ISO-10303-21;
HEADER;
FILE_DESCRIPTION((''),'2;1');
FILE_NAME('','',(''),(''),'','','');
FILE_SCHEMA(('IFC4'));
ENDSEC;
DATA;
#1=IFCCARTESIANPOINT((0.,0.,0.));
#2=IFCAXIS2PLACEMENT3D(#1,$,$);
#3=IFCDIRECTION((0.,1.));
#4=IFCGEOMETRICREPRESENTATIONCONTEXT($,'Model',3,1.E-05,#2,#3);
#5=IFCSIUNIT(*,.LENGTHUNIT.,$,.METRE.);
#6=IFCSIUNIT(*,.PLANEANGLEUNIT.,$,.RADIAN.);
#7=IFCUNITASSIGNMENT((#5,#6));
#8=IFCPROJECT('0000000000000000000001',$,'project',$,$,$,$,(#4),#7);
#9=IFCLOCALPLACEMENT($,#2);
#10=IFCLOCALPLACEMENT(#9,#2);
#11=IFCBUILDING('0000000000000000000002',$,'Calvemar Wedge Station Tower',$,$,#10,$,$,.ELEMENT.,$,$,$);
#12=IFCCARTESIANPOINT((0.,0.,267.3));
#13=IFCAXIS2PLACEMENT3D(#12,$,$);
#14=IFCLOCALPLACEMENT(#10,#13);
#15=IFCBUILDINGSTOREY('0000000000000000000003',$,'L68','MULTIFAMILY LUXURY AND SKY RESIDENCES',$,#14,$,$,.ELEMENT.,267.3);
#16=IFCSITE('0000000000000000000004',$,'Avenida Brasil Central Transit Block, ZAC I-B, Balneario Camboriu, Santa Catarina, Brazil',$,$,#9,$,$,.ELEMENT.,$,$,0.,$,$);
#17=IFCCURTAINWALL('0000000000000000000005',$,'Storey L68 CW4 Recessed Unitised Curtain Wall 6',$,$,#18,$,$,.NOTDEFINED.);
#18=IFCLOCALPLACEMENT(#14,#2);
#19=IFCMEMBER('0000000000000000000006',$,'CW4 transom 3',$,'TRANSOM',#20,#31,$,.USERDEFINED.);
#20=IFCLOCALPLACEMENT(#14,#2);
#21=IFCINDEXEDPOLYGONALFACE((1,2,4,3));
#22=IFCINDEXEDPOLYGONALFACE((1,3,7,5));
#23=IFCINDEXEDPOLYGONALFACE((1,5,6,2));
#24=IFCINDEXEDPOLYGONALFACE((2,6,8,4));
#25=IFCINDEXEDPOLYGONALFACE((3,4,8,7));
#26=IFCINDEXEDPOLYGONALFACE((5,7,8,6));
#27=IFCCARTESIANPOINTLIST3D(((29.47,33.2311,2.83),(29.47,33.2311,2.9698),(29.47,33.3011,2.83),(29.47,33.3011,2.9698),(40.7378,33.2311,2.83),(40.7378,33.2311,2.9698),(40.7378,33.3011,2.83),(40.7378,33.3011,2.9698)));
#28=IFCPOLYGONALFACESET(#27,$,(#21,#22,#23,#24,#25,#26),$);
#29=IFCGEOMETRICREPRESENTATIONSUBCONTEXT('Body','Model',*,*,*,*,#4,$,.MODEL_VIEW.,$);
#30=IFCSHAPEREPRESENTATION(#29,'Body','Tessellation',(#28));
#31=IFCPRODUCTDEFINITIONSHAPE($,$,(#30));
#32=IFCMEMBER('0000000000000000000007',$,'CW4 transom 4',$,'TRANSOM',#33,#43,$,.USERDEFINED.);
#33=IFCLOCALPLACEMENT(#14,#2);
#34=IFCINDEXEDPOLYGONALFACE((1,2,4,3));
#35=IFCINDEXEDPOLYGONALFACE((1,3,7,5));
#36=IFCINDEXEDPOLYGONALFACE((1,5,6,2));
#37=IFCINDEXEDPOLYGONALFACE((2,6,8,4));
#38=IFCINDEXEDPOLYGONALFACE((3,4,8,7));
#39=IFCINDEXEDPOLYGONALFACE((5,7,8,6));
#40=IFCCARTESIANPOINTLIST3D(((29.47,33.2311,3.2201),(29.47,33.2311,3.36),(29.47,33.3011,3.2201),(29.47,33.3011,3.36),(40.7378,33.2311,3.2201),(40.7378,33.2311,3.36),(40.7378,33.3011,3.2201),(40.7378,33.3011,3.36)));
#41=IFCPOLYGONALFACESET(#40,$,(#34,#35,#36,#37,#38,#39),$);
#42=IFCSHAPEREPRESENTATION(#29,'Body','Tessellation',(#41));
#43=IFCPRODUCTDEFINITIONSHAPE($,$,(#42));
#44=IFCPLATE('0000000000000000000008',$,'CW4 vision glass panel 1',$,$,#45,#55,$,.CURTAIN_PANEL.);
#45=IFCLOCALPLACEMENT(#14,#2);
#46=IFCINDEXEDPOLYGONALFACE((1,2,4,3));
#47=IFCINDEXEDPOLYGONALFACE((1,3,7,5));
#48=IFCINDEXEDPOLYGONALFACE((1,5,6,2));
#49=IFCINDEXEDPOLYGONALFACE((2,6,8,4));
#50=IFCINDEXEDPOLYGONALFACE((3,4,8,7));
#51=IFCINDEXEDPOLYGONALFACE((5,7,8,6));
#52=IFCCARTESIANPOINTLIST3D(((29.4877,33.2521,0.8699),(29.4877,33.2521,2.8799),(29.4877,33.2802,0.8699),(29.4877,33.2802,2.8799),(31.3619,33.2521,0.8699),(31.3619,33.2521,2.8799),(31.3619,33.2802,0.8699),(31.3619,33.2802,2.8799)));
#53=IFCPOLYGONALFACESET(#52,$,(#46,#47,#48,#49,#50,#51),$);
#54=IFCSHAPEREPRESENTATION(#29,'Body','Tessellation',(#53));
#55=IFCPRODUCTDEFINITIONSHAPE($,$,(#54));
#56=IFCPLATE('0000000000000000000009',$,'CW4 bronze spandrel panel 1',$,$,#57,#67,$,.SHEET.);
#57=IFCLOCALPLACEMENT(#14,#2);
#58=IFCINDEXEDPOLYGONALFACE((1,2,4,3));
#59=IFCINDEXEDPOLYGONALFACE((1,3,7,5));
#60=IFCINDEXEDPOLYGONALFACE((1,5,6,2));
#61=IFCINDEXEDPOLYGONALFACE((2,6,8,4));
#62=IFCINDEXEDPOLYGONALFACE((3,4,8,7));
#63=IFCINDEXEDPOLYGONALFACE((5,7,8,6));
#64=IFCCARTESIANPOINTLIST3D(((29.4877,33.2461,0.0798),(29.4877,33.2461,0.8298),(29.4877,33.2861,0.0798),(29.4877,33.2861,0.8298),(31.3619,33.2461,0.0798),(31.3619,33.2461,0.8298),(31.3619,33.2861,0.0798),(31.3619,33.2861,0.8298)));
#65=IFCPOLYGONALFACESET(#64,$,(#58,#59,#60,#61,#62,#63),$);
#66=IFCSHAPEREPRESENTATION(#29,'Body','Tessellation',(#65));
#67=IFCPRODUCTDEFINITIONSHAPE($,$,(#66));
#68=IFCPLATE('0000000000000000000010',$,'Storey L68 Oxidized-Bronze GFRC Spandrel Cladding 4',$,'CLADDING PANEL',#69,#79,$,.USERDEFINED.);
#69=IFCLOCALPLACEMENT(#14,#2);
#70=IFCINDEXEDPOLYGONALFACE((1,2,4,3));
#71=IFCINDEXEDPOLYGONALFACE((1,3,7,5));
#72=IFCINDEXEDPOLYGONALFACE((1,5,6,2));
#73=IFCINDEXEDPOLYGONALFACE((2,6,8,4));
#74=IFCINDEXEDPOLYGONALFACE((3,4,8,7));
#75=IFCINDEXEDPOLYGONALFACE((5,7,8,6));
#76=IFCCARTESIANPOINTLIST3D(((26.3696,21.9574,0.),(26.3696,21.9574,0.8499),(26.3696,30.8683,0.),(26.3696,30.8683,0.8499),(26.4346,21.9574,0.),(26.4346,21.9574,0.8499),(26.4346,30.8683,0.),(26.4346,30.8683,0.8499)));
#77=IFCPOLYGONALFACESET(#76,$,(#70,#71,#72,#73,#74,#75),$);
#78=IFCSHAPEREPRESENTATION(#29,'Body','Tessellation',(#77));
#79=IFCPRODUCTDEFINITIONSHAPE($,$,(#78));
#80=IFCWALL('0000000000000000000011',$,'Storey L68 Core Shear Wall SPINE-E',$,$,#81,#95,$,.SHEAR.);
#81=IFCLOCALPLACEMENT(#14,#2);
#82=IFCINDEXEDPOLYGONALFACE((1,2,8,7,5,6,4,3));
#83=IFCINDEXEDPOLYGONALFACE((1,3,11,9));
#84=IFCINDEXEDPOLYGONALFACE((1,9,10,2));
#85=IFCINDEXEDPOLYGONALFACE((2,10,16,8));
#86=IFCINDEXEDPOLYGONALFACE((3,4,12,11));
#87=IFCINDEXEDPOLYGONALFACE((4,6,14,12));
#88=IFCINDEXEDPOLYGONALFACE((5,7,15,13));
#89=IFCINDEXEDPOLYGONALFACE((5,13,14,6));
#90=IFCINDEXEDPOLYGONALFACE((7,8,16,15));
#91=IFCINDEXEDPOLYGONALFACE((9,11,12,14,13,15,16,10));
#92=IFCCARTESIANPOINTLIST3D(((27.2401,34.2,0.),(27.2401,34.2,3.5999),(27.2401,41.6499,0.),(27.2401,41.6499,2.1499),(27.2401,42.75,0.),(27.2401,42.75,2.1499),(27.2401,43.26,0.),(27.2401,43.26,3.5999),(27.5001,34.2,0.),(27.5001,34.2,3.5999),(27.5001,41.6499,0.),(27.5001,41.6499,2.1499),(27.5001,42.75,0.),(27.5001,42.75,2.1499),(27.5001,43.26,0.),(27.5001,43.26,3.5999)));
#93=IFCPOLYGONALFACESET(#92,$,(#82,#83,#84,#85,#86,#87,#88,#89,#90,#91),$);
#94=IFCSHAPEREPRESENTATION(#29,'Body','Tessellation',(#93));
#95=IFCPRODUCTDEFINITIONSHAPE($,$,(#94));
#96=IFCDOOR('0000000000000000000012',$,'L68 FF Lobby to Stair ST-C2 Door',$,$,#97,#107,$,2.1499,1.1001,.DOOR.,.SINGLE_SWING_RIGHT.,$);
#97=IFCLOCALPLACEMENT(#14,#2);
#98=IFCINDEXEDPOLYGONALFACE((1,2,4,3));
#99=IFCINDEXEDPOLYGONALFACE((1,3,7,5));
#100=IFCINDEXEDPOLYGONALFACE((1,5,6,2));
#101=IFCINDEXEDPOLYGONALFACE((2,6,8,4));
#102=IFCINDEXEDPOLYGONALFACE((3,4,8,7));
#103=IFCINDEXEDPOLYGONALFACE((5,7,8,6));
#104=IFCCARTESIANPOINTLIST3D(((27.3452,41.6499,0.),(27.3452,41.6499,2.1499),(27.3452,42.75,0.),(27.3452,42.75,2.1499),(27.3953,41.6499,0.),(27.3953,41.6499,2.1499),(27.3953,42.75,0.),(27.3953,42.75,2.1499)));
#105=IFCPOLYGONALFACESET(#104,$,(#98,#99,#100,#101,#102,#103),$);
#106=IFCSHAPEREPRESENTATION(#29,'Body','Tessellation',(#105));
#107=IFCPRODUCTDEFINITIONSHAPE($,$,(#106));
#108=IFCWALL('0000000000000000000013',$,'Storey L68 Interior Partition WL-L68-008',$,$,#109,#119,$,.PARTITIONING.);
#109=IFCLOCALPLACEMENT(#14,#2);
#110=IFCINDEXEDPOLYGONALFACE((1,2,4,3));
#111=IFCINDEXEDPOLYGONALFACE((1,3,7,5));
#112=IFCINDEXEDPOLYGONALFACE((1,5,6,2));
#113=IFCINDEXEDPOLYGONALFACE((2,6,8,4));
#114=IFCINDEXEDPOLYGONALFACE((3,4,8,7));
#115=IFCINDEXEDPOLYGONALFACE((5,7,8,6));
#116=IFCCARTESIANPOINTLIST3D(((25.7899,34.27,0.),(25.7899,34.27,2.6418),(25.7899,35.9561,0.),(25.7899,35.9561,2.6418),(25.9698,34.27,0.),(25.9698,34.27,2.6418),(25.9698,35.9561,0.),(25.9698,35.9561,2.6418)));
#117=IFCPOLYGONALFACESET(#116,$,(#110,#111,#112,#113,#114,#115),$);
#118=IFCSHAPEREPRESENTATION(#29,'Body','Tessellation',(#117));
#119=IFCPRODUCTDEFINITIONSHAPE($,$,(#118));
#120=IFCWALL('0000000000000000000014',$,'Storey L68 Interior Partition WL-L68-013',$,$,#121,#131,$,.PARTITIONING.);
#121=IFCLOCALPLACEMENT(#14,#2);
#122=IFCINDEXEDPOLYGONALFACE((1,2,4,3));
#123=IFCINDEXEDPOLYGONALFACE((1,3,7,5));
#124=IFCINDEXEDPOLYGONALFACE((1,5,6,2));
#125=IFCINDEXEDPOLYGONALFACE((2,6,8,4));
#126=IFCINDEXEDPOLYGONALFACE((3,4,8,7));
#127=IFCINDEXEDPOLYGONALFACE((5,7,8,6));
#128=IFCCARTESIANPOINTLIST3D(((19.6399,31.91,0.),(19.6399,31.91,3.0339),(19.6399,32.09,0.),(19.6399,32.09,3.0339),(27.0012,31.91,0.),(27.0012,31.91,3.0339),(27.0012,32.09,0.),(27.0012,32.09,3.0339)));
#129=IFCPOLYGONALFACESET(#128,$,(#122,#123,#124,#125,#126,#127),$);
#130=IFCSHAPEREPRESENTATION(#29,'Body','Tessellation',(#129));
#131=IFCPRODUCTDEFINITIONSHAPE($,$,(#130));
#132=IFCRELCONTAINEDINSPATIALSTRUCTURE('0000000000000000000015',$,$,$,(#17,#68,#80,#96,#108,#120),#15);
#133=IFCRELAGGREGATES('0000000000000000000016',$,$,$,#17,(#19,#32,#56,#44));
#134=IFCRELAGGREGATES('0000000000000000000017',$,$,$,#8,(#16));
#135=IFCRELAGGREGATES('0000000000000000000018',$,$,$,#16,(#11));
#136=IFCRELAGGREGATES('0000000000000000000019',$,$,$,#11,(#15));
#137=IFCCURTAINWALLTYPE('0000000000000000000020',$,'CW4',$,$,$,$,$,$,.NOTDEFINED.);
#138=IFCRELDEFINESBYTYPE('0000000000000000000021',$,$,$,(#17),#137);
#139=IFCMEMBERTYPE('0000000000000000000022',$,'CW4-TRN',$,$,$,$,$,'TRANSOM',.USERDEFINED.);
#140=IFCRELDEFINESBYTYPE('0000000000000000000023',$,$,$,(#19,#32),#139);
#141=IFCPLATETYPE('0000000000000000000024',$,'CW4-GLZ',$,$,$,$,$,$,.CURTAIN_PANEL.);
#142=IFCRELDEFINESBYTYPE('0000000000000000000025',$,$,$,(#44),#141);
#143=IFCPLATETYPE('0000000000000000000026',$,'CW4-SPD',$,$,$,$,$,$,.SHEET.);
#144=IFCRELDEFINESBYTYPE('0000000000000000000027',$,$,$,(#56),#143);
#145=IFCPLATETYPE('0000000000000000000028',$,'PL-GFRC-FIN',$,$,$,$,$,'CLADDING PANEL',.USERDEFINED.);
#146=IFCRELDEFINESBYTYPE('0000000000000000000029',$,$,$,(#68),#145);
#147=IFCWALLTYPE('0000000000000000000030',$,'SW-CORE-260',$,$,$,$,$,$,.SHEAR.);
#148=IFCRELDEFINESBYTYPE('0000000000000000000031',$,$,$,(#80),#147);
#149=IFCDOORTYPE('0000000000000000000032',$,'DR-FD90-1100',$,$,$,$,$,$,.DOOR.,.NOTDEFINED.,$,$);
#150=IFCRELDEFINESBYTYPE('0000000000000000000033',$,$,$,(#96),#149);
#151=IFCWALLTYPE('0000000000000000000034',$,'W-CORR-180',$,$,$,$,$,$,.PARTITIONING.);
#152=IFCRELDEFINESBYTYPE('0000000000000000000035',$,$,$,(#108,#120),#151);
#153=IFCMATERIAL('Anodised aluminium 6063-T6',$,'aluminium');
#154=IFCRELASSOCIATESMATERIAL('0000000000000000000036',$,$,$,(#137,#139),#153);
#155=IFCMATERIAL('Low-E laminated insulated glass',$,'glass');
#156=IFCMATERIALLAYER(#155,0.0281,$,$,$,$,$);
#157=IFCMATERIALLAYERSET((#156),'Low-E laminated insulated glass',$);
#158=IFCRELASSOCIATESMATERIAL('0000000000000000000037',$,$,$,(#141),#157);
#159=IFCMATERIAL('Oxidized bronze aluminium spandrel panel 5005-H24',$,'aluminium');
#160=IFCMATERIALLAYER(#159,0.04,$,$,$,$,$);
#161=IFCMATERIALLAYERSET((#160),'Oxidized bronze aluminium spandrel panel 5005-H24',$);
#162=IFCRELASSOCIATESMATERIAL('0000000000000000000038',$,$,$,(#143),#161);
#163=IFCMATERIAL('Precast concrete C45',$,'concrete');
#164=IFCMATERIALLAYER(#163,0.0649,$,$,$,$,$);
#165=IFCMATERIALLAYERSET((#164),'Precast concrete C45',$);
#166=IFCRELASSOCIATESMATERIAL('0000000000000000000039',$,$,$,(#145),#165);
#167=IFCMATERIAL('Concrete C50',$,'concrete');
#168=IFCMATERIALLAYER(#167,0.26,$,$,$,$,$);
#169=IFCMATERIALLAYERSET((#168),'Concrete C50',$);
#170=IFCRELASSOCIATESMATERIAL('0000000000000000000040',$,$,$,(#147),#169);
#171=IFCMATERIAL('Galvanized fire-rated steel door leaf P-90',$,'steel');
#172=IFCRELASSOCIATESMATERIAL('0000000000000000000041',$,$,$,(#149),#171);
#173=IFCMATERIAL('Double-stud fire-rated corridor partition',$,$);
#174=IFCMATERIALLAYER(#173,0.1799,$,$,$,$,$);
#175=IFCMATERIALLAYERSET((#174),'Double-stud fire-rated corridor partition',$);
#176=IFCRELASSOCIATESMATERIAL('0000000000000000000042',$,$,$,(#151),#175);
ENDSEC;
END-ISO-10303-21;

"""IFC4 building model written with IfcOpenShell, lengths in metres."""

from ifc_helpers import new_model, si_unit, direction, frame, frame_2d, origin, origin_2d, place, context, subcontext, project, spatial, rectangle, extrude, source, transform, mapped, material, layer, layer_set, material_profile, profile_set, type_object, element, fill, aggregate, save


model = new_model("IFC4")

# Units and contexts
model_context = context("Model", 3, precision=1e-05, world=origin(), true_north=direction((0.0, 1.0)))
body_context = subcontext(model_context, "Body", "Model", "MODEL_VIEW")
ifc_project = project(units=[si_unit("LENGTHUNIT", "METRE"), si_unit("PLANEANGLEUNIT", "RADIAN")], contexts=[model_context])

# Site, building, storey
site_placement = place(None, origin())
site = spatial("IfcSite", under=ifc_project, at=site_placement, Name="Avenida Brasil Central Transit Block, ZAC I-B, Balneario Camboriu, Santa Catarina, Brazil", CompositionType="ELEMENT", RefElevation=0.0)
building_placement = place(site_placement, origin())
building = spatial("IfcBuilding", under=site, at=building_placement, Name="Calvemar Wedge Station Tower", CompositionType="ELEMENT")
storey_placement = place(building_placement, frame((0.0, 0.0, 267.3)))
storey = spatial("IfcBuildingStorey", under=building, at=storey_placement, Name="L68", Description="MULTIFAMILY LUXURY AND SKY RESIDENCES", CompositionType="ELEMENT", Elevation=267.3)

# Shared definitions
ifc_material_1 = material(Name="Concrete C50", Category="concrete")

# Curtain wall, members, plates
ifc_material_2 = material(Name="Anodised aluminium 6063-T6", Category="aluminium")
curtain_wall_type = type_object("IfcCurtainWallType", Name="CW4", PredefinedType="NOTDEFINED", material=ifc_material_2)
curtain_wall_placement = place(storey_placement, origin())
curtain_wall = element("IfcCurtainWall", 1, at=curtain_wall_placement, inside=storey, type_object=curtain_wall_type, Name="Storey L68 CW4 Recessed Unitised Curtain Wall 6", PredefinedType="NOTDEFINED")
ifc_material_profile_1 = material_profile(ifc_material_2, rectangle(XDim=0.0701, YDim=0.1399, at=origin_2d()), Name="AL-TRN-70x140")
ifc_profile_set_1 = profile_set([ifc_material_profile_1], Name="Anodised aluminium 6063-T6")
member_type_1 = type_object("IfcMemberType", Name="CW4-TRN", ElementType="TRANSOM", PredefinedType="USERDEFINED", material=ifc_profile_set_1)
shared_shape_1 = source(origin(), body_context, "Body", "SweptSolid", [
    extrude(rectangle(XDim=0.0701, YDim=0.1399, at=origin_2d()), origin(), (0.0, 0.0, 1.0), 11.2678),
])
member_1_placement = place(storey_placement, frame((29.47, 33.2661, 2.8999), z_axis=(1.0, 0.0, 0.0), x_axis=(0.0, 1.0, 0.0)))
member_1 = element("IfcMember", 2, at=member_1_placement, type_object=member_type_1, Name="CW4 transom 3", ObjectType="TRANSOM", PredefinedType="USERDEFINED", context=body_context, shape_type="MappedRepresentation", body=[
    mapped(shared_shape_1, transform((0.0, 0.0, 0.0), scale=1.0)),
])
member_2_placement = place(storey_placement, frame((29.47, 33.2661, 3.29), z_axis=(1.0, 0.0, 0.0), x_axis=(0.0, 1.0, 0.0)))
member_2 = element("IfcMember", 3, at=member_2_placement, type_object=member_type_1, Name="CW4 transom 4", ObjectType="TRANSOM", PredefinedType="USERDEFINED", context=body_context, shape_type="MappedRepresentation", body=[
    mapped(shared_shape_1, transform((0.0, 0.0, 0.0), scale=1.0)),
])
ifc_material_3 = material(Name="Low-E laminated insulated glass", Category="glass")
ifc_layer_1 = layer(ifc_material_3, 0.0281)
ifc_layer_set_1 = layer_set([ifc_layer_1], Name="Low-E laminated insulated glass")
plate_type_1 = type_object("IfcPlateType", Name="CW4-GLZ", PredefinedType="CURTAIN_PANEL", material=ifc_layer_set_1)
plate_1_placement = place(storey_placement, frame((29.4878, 33.2661, 0.8699), z_axis=(0.0, 0.0, 1.0), x_axis=(1.0, 0.0, 0.0)))
plate_1 = element("IfcPlate", 4, at=plate_1_placement, type_object=plate_type_1, Name="CW4 vision glass panel 1", PredefinedType="CURTAIN_PANEL", context=body_context, shape_type="SweptSolid", body=[
    extrude(rectangle(XDim=1.8743, YDim=0.0281, at=frame_2d((0.937, 0.0))), origin(), (0.0, 0.0, 1.0), 2.01),
])
ifc_material_4 = material(Name="Oxidized bronze aluminium spandrel panel 5005-H24", Category="aluminium")
ifc_layer_2 = layer(ifc_material_4, 0.04)
ifc_layer_set_2 = layer_set([ifc_layer_2], Name="Oxidized bronze aluminium spandrel panel 5005-H24")
plate_type_2 = type_object("IfcPlateType", Name="CW4-SPD", PredefinedType="SHEET", material=ifc_layer_set_2)
plate_2_placement = place(storey_placement, frame((29.4878, 33.2661, 0.0798), z_axis=(0.0, 0.0, 1.0), x_axis=(1.0, 0.0, 0.0)))
plate_2 = element("IfcPlate", 5, at=plate_2_placement, type_object=plate_type_2, Name="CW4 bronze spandrel panel 1", PredefinedType="SHEET", context=body_context, shape_type="SweptSolid", body=[
    extrude(rectangle(XDim=1.8743, YDim=0.04, at=frame_2d((0.937, 0.0))), origin(), (0.0, 0.0, 1.0), 0.75),
])
aggregate(curtain_wall, [member_1, member_2, plate_2, plate_1])

# Plate
ifc_material_5 = material(Name="Precast concrete C45", Category="concrete")
ifc_layer_3 = layer(ifc_material_5, 0.0649)
ifc_layer_set_3 = layer_set([ifc_layer_3], Name="Precast concrete C45")
plate_type_3 = type_object("IfcPlateType", Name="PL-GFRC-FIN", ElementType="CLADDING PANEL", PredefinedType="USERDEFINED", material=ifc_layer_set_3)
plate_3_placement = place(storey_placement, frame((26.4021, 21.9573, 0.0), z_axis=(0.0, 0.0, 1.0), x_axis=(0.0, 1.0, 0.0)))
element("IfcPlate", 6, at=plate_3_placement, inside=storey, type_object=plate_type_3, Name="Storey L68 Oxidized-Bronze GFRC Spandrel Cladding 4", ObjectType="CLADDING PANEL", PredefinedType="USERDEFINED", context=body_context, shape_type="SweptSolid", body=[
    extrude(rectangle(XDim=8.9109, YDim=0.0649, at=frame_2d((4.4556, 0.0))), origin(), (0.0, 0.0, 1.0), 0.8499),
])

# Wall, opening, door
ifc_layer_4 = layer(ifc_material_1, 0.26)
ifc_layer_set_4 = layer_set([ifc_layer_4], Name="Concrete C50")
wall_type_1 = type_object("IfcWallType", Name="SW-CORE-260", PredefinedType="SHEAR", material=ifc_layer_set_4)
wall_1_placement = place(storey_placement, frame((27.3701, 34.2, 0.0), z_axis=(0.0, 0.0, 1.0), x_axis=(0.0, 1.0, 0.0)))
wall_1 = element("IfcWall", 7, at=wall_1_placement, inside=storey, type_object=wall_type_1, Name="Storey L68 Core Shear Wall SPINE-E", PredefinedType="SHEAR", context=body_context, shape_type="SweptSolid", body=[
    extrude(rectangle(XDim=9.0601, YDim=0.26, at=frame_2d((4.53, 0.0))), origin(), (0.0, 0.0, 1.0), 3.5999),
])
shared_shape_2 = source(origin(), body_context, "Body", "SweptSolid", [
    extrude(rectangle(XDim=1.1001, YDim=2.1499, at=frame_2d((0.55, 1.075))), frame((0.0, 0.1401, 0.0), z_axis=(0.0, -1.0, 0.0), x_axis=(1.0, 0.0, 0.0)), (0.0, 0.0, 1.0), 0.28),
])
opening_1_placement = place(wall_1_placement, frame((7.45, 0.0, 0.0)))
opening_1 = element("IfcOpeningElement", 8, at=opening_1_placement, cuts=wall_1, PredefinedType="OPENING", context=body_context, shape_type="MappedRepresentation", body=[
    mapped(shared_shape_2, transform((0.0, 0.0, 0.0), scale=1.0)),
])
ifc_material_6 = material(Name="Galvanized fire-rated steel door leaf P-90", Category="steel")
door_type = type_object("IfcDoorType", Name="DR-FD90-1100", OperationType="NOTDEFINED", PredefinedType="DOOR", material=ifc_material_6)
shared_shape_3 = source(origin(), body_context, "Body", "SweptSolid", [
    extrude(rectangle(XDim=1.1001, YDim=2.1499, at=frame_2d((0.55, 1.075))), frame((0.0, 0.0249, 0.0), z_axis=(0.0, -1.0, 0.0), x_axis=(1.0, 0.0, 0.0)), (0.0, 0.0, 1.0), 0.05),
])
door_1_placement = place(opening_1_placement, origin())
door_1 = element("IfcDoor", 9, at=door_1_placement, inside=storey, type_object=door_type, Name="L68 FF Lobby to Stair ST-C2 Door", OperationType="SINGLE_SWING_RIGHT", OverallHeight=2.1499, OverallWidth=1.1001, PredefinedType="DOOR", context=body_context, shape_type="MappedRepresentation", body=[
    mapped(shared_shape_3, transform((0.0, 0.0, 0.0), scale=1.0)),
])
fill(opening_1, door_1)

# Walls
ifc_material_7 = material(Name="Double-stud fire-rated corridor partition")
ifc_layer_5 = layer(ifc_material_7, 0.1799)
ifc_layer_set_5 = layer_set([ifc_layer_5], Name="Double-stud fire-rated corridor partition")
wall_type_2 = type_object("IfcWallType", Name="W-CORR-180", PredefinedType="PARTITIONING", material=ifc_layer_set_5)
wall_2_placement = place(storey_placement, frame((25.8799, 35.9561, 0.0), z_axis=(0.0, 0.0, 1.0), x_axis=(0.0, -1.0, 0.0)))
element("IfcWall", 10, at=wall_2_placement, inside=storey, type_object=wall_type_2, Name="Storey L68 Interior Partition WL-L68-008", PredefinedType="PARTITIONING", context=body_context, shape_type="SweptSolid", body=[
    extrude(rectangle(XDim=1.686, YDim=0.1799, at=frame_2d((0.843, 0.0))), origin(), (0.0, 0.0, 1.0), 2.6418),
])
wall_3_placement = place(storey_placement, frame((27.0012, 32.0, 0.0), z_axis=(0.0, 0.0, 1.0), x_axis=(-1.0, 0.0, 0.0)))
element("IfcWall", 11, at=wall_3_placement, inside=storey, type_object=wall_type_2, Name="Storey L68 Interior Partition WL-L68-013", PredefinedType="PARTITIONING", context=body_context, shape_type="SweptSolid", body=[
    extrude(rectangle(XDim=7.3613, YDim=0.1799, at=frame_2d((3.6807, 0.0))), origin(), (0.0, 0.0, 1.0), 3.0339),
])

save(model, "model.ifc")
